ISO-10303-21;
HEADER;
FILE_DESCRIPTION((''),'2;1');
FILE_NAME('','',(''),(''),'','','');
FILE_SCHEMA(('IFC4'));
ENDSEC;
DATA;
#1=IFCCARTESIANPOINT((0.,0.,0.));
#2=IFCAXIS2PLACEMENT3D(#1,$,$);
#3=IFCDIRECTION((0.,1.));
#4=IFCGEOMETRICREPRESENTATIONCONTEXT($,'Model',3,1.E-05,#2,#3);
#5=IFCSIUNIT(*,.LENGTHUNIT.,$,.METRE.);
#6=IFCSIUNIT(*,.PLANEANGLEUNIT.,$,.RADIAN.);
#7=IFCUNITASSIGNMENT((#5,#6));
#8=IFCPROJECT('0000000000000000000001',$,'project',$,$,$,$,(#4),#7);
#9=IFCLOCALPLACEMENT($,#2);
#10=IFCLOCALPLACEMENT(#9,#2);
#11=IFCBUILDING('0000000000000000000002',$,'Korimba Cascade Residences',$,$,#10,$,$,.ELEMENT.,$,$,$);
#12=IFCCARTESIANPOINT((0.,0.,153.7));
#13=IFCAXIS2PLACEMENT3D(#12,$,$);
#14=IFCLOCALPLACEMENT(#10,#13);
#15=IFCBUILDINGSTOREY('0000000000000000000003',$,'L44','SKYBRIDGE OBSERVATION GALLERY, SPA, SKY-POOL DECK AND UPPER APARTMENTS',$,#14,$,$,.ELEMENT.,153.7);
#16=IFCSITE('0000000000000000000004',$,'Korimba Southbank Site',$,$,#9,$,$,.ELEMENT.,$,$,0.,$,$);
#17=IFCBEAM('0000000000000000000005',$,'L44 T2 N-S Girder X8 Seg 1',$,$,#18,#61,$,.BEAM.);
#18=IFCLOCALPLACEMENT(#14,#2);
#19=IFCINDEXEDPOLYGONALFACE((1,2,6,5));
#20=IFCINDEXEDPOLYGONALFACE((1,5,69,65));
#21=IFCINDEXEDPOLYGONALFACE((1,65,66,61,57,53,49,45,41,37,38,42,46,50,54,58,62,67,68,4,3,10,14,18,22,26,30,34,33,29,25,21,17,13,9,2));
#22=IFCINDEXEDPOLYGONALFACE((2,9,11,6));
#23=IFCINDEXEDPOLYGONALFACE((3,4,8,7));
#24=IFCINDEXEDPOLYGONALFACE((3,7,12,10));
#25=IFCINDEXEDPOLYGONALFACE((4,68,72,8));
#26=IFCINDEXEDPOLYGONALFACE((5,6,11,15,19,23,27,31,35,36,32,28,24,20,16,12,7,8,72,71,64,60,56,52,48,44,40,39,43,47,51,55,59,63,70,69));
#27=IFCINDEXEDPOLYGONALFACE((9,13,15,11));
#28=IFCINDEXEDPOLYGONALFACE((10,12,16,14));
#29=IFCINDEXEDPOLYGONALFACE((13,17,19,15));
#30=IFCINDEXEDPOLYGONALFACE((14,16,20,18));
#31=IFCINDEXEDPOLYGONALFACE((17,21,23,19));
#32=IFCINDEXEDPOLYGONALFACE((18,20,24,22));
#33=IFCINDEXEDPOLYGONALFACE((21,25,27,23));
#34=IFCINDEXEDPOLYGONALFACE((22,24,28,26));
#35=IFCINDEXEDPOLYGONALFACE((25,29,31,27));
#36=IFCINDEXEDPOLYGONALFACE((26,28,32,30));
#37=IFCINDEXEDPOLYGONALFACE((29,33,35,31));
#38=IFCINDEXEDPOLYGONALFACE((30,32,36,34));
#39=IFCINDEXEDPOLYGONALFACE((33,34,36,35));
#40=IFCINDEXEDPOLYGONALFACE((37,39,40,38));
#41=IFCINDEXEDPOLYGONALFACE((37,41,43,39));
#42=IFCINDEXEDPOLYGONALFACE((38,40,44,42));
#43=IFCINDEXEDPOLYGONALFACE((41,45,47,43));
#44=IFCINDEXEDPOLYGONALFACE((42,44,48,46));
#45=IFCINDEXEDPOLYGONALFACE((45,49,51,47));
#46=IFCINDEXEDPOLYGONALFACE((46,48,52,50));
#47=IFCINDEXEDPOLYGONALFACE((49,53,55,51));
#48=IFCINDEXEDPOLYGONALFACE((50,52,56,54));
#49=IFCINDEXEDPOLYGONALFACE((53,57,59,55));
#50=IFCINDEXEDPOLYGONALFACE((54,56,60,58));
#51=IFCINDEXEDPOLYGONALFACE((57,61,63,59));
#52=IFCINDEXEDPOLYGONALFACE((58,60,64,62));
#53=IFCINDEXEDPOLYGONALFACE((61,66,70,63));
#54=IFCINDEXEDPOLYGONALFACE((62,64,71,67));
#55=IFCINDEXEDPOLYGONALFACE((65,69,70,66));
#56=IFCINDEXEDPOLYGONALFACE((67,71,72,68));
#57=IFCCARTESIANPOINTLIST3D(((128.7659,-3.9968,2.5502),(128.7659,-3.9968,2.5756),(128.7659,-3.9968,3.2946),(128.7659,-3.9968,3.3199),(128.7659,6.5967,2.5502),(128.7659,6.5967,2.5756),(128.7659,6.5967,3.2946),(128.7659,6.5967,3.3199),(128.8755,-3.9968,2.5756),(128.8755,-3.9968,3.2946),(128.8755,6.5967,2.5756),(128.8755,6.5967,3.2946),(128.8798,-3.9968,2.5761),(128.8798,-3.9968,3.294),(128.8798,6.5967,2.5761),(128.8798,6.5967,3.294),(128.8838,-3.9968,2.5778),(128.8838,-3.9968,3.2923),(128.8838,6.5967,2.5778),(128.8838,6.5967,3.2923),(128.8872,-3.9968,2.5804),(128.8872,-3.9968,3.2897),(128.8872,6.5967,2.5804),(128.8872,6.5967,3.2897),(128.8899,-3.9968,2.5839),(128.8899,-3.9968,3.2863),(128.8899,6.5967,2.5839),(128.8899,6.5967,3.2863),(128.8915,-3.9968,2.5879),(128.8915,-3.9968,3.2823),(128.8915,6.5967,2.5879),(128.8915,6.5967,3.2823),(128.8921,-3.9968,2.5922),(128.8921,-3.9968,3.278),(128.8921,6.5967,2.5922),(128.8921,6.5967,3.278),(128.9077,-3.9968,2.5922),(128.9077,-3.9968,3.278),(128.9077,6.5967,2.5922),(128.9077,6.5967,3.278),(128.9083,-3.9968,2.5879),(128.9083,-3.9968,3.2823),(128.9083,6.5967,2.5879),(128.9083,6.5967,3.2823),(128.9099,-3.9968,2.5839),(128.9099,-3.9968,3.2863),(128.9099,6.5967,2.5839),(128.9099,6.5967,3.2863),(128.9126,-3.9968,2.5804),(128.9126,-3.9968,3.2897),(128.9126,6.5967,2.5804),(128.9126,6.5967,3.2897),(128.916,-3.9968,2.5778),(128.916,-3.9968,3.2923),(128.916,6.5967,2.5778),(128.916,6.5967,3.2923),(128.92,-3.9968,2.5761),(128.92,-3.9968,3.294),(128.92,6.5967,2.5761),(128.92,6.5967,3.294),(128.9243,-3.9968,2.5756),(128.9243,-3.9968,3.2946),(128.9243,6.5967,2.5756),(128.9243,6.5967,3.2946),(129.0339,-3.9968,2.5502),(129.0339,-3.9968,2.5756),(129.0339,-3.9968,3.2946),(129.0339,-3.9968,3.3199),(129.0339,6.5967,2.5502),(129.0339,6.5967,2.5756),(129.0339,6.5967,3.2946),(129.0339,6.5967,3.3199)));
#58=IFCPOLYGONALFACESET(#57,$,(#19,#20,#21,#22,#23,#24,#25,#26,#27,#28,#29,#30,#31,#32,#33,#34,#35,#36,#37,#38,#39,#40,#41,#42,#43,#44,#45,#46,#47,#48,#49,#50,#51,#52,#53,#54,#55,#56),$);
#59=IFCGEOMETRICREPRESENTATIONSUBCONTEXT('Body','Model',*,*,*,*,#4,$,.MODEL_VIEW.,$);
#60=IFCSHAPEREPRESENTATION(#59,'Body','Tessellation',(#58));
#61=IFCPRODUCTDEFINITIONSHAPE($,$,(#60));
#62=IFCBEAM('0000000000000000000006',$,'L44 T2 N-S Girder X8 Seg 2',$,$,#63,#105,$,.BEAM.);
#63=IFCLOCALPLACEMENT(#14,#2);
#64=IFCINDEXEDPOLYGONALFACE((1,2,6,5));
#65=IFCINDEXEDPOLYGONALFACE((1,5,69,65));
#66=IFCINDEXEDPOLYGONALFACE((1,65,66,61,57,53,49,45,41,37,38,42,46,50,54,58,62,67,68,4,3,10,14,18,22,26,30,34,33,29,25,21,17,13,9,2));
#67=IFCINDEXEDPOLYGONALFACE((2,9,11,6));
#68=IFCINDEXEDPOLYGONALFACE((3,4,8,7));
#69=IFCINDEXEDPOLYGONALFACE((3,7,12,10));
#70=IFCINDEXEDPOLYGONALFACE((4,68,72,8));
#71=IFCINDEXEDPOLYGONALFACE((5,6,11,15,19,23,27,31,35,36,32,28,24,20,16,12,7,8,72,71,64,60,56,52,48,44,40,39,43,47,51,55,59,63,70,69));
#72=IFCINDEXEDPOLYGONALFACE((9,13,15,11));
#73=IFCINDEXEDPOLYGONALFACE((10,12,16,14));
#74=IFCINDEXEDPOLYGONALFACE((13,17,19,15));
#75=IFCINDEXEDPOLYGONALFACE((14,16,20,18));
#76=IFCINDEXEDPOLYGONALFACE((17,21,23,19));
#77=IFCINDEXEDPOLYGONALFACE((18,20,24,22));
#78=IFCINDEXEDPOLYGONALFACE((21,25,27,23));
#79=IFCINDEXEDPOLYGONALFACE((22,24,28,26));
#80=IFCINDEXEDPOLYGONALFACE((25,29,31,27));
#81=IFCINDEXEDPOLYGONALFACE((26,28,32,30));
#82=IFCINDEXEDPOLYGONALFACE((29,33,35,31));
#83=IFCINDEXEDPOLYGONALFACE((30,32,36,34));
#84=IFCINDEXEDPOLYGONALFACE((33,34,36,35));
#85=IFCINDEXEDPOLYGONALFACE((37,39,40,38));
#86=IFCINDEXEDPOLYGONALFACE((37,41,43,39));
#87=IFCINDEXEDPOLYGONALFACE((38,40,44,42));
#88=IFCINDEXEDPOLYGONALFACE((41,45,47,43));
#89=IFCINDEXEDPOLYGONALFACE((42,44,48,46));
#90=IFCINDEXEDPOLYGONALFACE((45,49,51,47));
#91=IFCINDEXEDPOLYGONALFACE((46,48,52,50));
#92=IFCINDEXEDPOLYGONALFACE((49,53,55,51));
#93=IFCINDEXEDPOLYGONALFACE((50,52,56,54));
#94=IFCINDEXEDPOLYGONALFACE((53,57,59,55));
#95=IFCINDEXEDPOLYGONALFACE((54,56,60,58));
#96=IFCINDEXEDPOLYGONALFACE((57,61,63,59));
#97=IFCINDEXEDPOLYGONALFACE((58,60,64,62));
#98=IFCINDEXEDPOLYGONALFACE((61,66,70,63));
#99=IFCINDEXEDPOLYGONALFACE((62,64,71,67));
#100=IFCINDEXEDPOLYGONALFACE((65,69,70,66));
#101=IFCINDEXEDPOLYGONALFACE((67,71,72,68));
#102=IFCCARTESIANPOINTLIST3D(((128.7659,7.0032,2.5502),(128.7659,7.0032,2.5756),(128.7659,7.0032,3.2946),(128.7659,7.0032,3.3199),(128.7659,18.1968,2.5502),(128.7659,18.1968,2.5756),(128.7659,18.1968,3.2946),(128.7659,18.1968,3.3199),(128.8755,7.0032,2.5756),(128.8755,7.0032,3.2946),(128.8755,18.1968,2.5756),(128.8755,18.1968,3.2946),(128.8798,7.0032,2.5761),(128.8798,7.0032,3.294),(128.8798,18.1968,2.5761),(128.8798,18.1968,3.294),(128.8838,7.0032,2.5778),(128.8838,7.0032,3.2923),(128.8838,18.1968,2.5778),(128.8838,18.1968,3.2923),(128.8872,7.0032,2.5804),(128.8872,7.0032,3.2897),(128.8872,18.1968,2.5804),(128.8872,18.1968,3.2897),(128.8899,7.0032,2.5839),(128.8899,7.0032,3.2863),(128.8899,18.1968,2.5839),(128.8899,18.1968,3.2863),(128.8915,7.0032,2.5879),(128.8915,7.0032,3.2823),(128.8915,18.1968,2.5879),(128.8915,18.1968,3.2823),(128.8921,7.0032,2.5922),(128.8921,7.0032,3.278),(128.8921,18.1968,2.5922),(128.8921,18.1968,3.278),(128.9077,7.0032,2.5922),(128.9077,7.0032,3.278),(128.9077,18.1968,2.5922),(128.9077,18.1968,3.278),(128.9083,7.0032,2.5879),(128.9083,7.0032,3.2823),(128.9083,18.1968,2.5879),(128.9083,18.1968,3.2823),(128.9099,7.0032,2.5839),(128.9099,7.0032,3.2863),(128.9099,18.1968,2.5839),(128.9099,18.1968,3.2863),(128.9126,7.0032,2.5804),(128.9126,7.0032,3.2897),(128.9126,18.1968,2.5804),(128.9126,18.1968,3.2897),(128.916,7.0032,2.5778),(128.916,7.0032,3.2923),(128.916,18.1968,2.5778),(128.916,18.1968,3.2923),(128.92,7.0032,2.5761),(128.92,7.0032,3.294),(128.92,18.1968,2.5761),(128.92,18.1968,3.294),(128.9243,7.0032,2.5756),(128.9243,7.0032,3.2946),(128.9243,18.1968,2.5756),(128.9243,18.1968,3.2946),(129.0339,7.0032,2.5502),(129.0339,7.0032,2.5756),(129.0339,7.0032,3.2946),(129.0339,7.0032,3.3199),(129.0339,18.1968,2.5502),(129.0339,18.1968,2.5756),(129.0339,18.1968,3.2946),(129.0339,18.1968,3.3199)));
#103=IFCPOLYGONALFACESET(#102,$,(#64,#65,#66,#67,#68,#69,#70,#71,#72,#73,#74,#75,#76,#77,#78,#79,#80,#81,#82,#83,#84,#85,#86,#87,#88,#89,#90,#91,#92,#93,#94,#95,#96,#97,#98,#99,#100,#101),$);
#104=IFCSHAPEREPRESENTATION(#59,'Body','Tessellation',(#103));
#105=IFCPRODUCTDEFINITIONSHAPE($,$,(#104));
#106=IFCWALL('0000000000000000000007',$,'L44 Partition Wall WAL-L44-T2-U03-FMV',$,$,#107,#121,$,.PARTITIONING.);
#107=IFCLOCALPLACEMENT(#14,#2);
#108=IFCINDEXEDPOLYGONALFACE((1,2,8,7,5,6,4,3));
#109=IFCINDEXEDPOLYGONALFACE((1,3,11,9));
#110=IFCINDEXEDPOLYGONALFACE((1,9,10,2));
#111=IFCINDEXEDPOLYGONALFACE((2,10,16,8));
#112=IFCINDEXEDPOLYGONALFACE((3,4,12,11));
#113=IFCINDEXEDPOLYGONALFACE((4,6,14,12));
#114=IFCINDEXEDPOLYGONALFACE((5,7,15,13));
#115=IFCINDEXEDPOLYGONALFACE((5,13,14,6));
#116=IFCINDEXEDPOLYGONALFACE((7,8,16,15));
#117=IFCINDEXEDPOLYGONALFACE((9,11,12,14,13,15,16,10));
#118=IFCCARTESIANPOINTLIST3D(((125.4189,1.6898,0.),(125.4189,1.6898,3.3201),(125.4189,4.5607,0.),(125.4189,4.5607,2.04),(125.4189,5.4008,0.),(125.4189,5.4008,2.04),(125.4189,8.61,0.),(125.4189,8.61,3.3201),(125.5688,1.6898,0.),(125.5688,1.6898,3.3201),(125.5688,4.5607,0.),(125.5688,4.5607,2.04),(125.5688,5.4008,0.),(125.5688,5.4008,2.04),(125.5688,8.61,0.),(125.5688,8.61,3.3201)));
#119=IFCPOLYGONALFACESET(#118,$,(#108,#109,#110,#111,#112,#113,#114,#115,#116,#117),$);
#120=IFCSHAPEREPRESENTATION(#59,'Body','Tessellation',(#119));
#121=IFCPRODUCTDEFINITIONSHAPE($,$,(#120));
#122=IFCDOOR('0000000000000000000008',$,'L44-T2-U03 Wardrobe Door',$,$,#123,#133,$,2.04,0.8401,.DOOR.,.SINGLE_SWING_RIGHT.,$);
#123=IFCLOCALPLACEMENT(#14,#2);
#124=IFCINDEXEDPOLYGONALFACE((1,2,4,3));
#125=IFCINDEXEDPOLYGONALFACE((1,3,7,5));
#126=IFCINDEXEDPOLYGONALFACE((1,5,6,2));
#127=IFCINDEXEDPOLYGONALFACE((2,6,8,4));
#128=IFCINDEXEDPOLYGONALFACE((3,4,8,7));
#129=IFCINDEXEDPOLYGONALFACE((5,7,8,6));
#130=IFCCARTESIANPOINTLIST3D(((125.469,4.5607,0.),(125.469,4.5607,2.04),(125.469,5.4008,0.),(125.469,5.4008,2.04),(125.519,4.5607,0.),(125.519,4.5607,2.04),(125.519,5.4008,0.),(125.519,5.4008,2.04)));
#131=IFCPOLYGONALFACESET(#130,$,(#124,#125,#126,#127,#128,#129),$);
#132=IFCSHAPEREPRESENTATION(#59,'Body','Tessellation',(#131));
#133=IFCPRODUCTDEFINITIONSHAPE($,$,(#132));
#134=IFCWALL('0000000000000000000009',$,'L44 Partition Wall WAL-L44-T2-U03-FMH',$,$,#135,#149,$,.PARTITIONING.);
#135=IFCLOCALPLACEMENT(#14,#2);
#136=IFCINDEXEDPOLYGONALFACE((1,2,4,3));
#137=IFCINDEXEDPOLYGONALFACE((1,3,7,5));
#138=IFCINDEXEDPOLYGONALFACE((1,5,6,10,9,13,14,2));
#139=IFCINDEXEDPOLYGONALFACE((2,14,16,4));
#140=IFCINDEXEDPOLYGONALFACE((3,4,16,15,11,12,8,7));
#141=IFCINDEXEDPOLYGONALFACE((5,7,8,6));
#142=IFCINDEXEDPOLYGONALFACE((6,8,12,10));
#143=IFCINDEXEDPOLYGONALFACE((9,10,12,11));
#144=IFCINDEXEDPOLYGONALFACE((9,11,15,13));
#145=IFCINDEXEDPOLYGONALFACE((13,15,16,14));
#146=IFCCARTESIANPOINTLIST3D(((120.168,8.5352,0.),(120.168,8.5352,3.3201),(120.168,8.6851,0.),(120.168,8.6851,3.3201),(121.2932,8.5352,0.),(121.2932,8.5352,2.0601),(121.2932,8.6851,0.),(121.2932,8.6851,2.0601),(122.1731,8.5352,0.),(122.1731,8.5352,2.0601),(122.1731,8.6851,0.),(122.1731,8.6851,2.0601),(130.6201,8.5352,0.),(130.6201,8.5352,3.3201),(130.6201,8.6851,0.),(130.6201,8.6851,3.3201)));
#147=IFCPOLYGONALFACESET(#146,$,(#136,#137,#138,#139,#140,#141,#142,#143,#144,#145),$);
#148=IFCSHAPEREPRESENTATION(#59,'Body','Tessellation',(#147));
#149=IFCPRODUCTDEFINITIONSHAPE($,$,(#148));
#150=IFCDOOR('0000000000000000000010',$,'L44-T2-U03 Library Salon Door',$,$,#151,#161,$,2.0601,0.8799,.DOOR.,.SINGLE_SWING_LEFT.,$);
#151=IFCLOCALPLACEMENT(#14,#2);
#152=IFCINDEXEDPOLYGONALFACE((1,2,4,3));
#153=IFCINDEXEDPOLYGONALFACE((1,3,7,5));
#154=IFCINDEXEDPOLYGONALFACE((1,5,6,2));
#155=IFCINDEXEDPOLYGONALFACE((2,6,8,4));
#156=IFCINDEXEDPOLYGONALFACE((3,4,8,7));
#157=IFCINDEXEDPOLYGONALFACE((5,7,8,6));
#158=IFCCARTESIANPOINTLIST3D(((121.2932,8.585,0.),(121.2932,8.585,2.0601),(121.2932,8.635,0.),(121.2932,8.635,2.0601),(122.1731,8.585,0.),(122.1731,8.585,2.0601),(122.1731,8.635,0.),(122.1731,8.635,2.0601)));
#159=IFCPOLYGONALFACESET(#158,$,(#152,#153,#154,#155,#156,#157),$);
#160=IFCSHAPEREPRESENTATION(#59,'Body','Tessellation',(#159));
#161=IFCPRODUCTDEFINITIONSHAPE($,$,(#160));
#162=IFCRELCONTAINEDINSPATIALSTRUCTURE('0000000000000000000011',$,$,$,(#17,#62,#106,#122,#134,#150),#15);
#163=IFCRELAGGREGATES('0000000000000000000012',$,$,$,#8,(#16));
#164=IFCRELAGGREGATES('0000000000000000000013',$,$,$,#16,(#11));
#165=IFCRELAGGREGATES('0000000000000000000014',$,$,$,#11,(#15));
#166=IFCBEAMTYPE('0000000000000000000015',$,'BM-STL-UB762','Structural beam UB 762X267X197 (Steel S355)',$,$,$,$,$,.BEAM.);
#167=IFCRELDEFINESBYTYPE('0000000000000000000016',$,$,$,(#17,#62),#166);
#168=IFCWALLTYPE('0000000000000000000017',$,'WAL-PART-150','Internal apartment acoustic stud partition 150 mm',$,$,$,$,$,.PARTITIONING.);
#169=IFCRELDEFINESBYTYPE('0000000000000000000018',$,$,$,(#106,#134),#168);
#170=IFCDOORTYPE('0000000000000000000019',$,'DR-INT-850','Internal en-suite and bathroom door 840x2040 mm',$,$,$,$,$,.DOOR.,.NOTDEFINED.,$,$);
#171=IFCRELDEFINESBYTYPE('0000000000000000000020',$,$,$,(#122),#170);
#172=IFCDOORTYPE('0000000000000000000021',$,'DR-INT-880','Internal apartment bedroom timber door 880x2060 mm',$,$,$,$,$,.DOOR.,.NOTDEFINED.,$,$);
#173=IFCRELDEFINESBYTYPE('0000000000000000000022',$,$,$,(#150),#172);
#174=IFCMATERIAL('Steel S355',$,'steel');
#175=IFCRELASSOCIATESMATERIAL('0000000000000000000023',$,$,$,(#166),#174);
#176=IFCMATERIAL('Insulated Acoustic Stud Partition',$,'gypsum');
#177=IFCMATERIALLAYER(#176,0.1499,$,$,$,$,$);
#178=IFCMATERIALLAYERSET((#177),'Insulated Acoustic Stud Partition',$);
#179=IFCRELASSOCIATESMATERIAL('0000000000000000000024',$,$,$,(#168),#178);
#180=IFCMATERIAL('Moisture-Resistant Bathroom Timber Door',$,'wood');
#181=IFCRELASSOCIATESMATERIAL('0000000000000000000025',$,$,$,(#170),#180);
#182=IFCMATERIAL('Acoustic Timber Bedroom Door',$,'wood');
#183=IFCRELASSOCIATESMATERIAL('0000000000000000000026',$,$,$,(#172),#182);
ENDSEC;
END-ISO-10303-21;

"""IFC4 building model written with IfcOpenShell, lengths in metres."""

from ifc_helpers import new_model, si_unit, direction, frame, frame_2d, origin, origin_2d, place, context, subcontext, project, spatial, rectangle, i_section, extrude, material, layer, layer_set, material_profile, profile_set, type_object, element, fill, save


model = new_model("IFC4")

# Units and contexts
model_context = context("Model", 3, precision=1e-05, world=origin(), true_north=direction((0.0, 1.0)))
body_context = subcontext(model_context, "Body", "Model", "MODEL_VIEW")
ifc_project = project(units=[si_unit("LENGTHUNIT", "METRE"), si_unit("PLANEANGLEUNIT", "RADIAN")], contexts=[model_context])

# Site, building, storey
site_placement = place(None, origin())
site = spatial("IfcSite", under=ifc_project, at=site_placement, Name="Korimba Southbank Site", CompositionType="ELEMENT", RefElevation=0.0)
building_placement = place(site_placement, origin())
building = spatial("IfcBuilding", under=site, at=building_placement, Name="Korimba Cascade Residences", CompositionType="ELEMENT")
storey_placement = place(building_placement, frame((0.0, 0.0, 153.7)))
storey = spatial("IfcBuildingStorey", under=building, at=storey_placement, Name="L44", Description="SKYBRIDGE OBSERVATION GALLERY, SPA, SKY-POOL DECK AND UPPER APARTMENTS", CompositionType="ELEMENT", Elevation=153.7)

# Beams
ifc_material_1 = material(Name="Steel S355", Category="steel")
ifc_material_profile_1 = material_profile(ifc_material_1, i_section(OverallWidth=0.2681, OverallDepth=0.7698, WebThickness=0.0156, FlangeThickness=0.0254, FilletRadius=0.0166, at=origin_2d()), Name="Steel S355")
ifc_profile_set_1 = profile_set([ifc_material_profile_1], Name="Steel S355")
beam_type_1 = type_object("IfcBeamType", Name="BM-STL-UB762", Description="Structural beam UB 762X267X197 (Steel S355)", PredefinedType="BEAM", material=ifc_profile_set_1)
beam_1_placement = place(storey_placement, frame((128.8999, -3.9968, 2.9351), z_axis=(0.0, 1.0, 0.0), x_axis=(-1.0, 0.0, 0.0)))
element("IfcBeam", 1, at=beam_1_placement, inside=storey, type_object=beam_type_1, Name="L44 T2 N-S Girder X8 Seg 1", PredefinedType="BEAM", context=body_context, shape_type="SweptSolid", body=[
    extrude(i_section(OverallWidth=0.2681, OverallDepth=0.7698, WebThickness=0.0156, FlangeThickness=0.0254, FilletRadius=0.0166, at=origin_2d()), origin(), (0.0, 0.0, 1.0), 10.5935),
])
beam_2_placement = place(storey_placement, frame((128.8999, 7.0032, 2.9351), z_axis=(0.0, 1.0, 0.0), x_axis=(-1.0, 0.0, 0.0)))
element("IfcBeam", 2, at=beam_2_placement, inside=storey, type_object=beam_type_1, Name="L44 T2 N-S Girder X8 Seg 2", PredefinedType="BEAM", context=body_context, shape_type="SweptSolid", body=[
    extrude(i_section(OverallWidth=0.2681, OverallDepth=0.7698, WebThickness=0.0156, FlangeThickness=0.0254, FilletRadius=0.0166, at=origin_2d()), origin(), (0.0, 0.0, 1.0), 11.1936),
])

# Walls, openings, doors
ifc_material_2 = material(Name="Insulated Acoustic Stud Partition", Category="gypsum")
ifc_layer = layer(ifc_material_2, 0.1499)
ifc_layer_set = layer_set([ifc_layer], Name="Insulated Acoustic Stud Partition")
wall_type = type_object("IfcWallType", Name="WAL-PART-150", Description="Internal apartment acoustic stud partition 150 mm", PredefinedType="PARTITIONING", material=ifc_layer_set)
wall_1_placement = place(storey_placement, frame((125.4939, 1.6899, 0.0), z_axis=(0.0, 0.0, 1.0), x_axis=(0.0, 1.0, 0.0)))
wall_1 = element("IfcWall", 3, at=wall_1_placement, inside=storey, type_object=wall_type, Name="L44 Partition Wall WAL-L44-T2-U03-FMV", PredefinedType="PARTITIONING", context=body_context, shape_type="SweptSolid", body=[
    extrude(rectangle(XDim=6.9202, YDim=0.1499, at=frame_2d((3.46, 0.0))), origin(), (0.0, 0.0, 1.0), 3.3201),
])
opening_1_placement = place(wall_1_placement, frame((2.8708, 0.0, 0.0)))
opening_1 = element("IfcOpeningElement", 4, at=opening_1_placement, cuts=wall_1, PredefinedType="OPENING", context=body_context, shape_type="SweptSolid", body=[
    extrude(rectangle(XDim=0.8401, YDim=2.04, at=frame_2d((0.4199, 1.02))), frame((0.0, 0.085, 0.0), z_axis=(0.0, -1.0, 0.0), x_axis=(1.0, 0.0, 0.0)), (0.0, 0.0, 1.0), 0.1699),
])
ifc_material_3 = material(Name="Moisture-Resistant Bathroom Timber Door", Category="wood")
door_type_1 = type_object("IfcDoorType", Name="DR-INT-850", Description="Internal en-suite and bathroom door 840x2040 mm", OperationType="NOTDEFINED", PredefinedType="DOOR", material=ifc_material_3)
door_1_placement = place(opening_1_placement, origin())
door_1 = element("IfcDoor", 5, at=door_1_placement, inside=storey, type_object=door_type_1, Name="L44-T2-U03 Wardrobe Door", OperationType="SINGLE_SWING_RIGHT", OverallHeight=2.04, OverallWidth=0.8401, PredefinedType="DOOR", context=body_context, shape_type="SweptSolid", body=[
    extrude(rectangle(XDim=0.8401, YDim=2.04, at=frame_2d((0.4199, 1.02))), frame((0.0, 0.0249, 0.0), z_axis=(0.0, -1.0, 0.0), x_axis=(1.0, 0.0, 0.0)), (0.0, 0.0, 1.0), 0.05),
])
fill(opening_1, door_1)
wall_2_placement = place(storey_placement, frame((120.168, 8.6101, 0.0), z_axis=(0.0, 0.0, 1.0), x_axis=(1.0, 0.0, 0.0)))
wall_2 = element("IfcWall", 6, at=wall_2_placement, inside=storey, type_object=wall_type, Name="L44 Partition Wall WAL-L44-T2-U03-FMH", PredefinedType="PARTITIONING", context=body_context, shape_type="SweptSolid", body=[
    extrude(rectangle(XDim=10.4521, YDim=0.1499, at=frame_2d((5.2261, 0.0))), origin(), (0.0, 0.0, 1.0), 3.3201),
])
opening_2_placement = place(wall_2_placement, frame((1.1252, 0.0, 0.0)))
opening_2 = element("IfcOpeningElement", 7, at=opening_2_placement, cuts=wall_2, PredefinedType="OPENING", context=body_context, shape_type="SweptSolid", body=[
    extrude(rectangle(XDim=0.8799, YDim=2.0601, at=frame_2d((0.4399, 1.03))), frame((0.0, 0.085, 0.0), z_axis=(0.0, -1.0, 0.0), x_axis=(1.0, 0.0, 0.0)), (0.0, 0.0, 1.0), 0.1699),
])
ifc_material_4 = material(Name="Acoustic Timber Bedroom Door", Category="wood")
door_type_2 = type_object("IfcDoorType", Name="DR-INT-880", Description="Internal apartment bedroom timber door 880x2060 mm", OperationType="NOTDEFINED", PredefinedType="DOOR", material=ifc_material_4)
door_2_placement = place(opening_2_placement, origin())
door_2 = element("IfcDoor", 8, at=door_2_placement, inside=storey, type_object=door_type_2, Name="L44-T2-U03 Library Salon Door", OperationType="SINGLE_SWING_LEFT", OverallHeight=2.0601, OverallWidth=0.8799, PredefinedType="DOOR", context=body_context, shape_type="SweptSolid", body=[
    extrude(rectangle(XDim=0.8799, YDim=2.0601, at=frame_2d((0.4399, 1.03))), frame((0.0, 0.0249, 0.0), z_axis=(0.0, -1.0, 0.0), x_axis=(1.0, 0.0, 0.0)), (0.0, 0.0, 1.0), 0.05),
])
fill(opening_2, door_2)

save(model, "model.ifc")
